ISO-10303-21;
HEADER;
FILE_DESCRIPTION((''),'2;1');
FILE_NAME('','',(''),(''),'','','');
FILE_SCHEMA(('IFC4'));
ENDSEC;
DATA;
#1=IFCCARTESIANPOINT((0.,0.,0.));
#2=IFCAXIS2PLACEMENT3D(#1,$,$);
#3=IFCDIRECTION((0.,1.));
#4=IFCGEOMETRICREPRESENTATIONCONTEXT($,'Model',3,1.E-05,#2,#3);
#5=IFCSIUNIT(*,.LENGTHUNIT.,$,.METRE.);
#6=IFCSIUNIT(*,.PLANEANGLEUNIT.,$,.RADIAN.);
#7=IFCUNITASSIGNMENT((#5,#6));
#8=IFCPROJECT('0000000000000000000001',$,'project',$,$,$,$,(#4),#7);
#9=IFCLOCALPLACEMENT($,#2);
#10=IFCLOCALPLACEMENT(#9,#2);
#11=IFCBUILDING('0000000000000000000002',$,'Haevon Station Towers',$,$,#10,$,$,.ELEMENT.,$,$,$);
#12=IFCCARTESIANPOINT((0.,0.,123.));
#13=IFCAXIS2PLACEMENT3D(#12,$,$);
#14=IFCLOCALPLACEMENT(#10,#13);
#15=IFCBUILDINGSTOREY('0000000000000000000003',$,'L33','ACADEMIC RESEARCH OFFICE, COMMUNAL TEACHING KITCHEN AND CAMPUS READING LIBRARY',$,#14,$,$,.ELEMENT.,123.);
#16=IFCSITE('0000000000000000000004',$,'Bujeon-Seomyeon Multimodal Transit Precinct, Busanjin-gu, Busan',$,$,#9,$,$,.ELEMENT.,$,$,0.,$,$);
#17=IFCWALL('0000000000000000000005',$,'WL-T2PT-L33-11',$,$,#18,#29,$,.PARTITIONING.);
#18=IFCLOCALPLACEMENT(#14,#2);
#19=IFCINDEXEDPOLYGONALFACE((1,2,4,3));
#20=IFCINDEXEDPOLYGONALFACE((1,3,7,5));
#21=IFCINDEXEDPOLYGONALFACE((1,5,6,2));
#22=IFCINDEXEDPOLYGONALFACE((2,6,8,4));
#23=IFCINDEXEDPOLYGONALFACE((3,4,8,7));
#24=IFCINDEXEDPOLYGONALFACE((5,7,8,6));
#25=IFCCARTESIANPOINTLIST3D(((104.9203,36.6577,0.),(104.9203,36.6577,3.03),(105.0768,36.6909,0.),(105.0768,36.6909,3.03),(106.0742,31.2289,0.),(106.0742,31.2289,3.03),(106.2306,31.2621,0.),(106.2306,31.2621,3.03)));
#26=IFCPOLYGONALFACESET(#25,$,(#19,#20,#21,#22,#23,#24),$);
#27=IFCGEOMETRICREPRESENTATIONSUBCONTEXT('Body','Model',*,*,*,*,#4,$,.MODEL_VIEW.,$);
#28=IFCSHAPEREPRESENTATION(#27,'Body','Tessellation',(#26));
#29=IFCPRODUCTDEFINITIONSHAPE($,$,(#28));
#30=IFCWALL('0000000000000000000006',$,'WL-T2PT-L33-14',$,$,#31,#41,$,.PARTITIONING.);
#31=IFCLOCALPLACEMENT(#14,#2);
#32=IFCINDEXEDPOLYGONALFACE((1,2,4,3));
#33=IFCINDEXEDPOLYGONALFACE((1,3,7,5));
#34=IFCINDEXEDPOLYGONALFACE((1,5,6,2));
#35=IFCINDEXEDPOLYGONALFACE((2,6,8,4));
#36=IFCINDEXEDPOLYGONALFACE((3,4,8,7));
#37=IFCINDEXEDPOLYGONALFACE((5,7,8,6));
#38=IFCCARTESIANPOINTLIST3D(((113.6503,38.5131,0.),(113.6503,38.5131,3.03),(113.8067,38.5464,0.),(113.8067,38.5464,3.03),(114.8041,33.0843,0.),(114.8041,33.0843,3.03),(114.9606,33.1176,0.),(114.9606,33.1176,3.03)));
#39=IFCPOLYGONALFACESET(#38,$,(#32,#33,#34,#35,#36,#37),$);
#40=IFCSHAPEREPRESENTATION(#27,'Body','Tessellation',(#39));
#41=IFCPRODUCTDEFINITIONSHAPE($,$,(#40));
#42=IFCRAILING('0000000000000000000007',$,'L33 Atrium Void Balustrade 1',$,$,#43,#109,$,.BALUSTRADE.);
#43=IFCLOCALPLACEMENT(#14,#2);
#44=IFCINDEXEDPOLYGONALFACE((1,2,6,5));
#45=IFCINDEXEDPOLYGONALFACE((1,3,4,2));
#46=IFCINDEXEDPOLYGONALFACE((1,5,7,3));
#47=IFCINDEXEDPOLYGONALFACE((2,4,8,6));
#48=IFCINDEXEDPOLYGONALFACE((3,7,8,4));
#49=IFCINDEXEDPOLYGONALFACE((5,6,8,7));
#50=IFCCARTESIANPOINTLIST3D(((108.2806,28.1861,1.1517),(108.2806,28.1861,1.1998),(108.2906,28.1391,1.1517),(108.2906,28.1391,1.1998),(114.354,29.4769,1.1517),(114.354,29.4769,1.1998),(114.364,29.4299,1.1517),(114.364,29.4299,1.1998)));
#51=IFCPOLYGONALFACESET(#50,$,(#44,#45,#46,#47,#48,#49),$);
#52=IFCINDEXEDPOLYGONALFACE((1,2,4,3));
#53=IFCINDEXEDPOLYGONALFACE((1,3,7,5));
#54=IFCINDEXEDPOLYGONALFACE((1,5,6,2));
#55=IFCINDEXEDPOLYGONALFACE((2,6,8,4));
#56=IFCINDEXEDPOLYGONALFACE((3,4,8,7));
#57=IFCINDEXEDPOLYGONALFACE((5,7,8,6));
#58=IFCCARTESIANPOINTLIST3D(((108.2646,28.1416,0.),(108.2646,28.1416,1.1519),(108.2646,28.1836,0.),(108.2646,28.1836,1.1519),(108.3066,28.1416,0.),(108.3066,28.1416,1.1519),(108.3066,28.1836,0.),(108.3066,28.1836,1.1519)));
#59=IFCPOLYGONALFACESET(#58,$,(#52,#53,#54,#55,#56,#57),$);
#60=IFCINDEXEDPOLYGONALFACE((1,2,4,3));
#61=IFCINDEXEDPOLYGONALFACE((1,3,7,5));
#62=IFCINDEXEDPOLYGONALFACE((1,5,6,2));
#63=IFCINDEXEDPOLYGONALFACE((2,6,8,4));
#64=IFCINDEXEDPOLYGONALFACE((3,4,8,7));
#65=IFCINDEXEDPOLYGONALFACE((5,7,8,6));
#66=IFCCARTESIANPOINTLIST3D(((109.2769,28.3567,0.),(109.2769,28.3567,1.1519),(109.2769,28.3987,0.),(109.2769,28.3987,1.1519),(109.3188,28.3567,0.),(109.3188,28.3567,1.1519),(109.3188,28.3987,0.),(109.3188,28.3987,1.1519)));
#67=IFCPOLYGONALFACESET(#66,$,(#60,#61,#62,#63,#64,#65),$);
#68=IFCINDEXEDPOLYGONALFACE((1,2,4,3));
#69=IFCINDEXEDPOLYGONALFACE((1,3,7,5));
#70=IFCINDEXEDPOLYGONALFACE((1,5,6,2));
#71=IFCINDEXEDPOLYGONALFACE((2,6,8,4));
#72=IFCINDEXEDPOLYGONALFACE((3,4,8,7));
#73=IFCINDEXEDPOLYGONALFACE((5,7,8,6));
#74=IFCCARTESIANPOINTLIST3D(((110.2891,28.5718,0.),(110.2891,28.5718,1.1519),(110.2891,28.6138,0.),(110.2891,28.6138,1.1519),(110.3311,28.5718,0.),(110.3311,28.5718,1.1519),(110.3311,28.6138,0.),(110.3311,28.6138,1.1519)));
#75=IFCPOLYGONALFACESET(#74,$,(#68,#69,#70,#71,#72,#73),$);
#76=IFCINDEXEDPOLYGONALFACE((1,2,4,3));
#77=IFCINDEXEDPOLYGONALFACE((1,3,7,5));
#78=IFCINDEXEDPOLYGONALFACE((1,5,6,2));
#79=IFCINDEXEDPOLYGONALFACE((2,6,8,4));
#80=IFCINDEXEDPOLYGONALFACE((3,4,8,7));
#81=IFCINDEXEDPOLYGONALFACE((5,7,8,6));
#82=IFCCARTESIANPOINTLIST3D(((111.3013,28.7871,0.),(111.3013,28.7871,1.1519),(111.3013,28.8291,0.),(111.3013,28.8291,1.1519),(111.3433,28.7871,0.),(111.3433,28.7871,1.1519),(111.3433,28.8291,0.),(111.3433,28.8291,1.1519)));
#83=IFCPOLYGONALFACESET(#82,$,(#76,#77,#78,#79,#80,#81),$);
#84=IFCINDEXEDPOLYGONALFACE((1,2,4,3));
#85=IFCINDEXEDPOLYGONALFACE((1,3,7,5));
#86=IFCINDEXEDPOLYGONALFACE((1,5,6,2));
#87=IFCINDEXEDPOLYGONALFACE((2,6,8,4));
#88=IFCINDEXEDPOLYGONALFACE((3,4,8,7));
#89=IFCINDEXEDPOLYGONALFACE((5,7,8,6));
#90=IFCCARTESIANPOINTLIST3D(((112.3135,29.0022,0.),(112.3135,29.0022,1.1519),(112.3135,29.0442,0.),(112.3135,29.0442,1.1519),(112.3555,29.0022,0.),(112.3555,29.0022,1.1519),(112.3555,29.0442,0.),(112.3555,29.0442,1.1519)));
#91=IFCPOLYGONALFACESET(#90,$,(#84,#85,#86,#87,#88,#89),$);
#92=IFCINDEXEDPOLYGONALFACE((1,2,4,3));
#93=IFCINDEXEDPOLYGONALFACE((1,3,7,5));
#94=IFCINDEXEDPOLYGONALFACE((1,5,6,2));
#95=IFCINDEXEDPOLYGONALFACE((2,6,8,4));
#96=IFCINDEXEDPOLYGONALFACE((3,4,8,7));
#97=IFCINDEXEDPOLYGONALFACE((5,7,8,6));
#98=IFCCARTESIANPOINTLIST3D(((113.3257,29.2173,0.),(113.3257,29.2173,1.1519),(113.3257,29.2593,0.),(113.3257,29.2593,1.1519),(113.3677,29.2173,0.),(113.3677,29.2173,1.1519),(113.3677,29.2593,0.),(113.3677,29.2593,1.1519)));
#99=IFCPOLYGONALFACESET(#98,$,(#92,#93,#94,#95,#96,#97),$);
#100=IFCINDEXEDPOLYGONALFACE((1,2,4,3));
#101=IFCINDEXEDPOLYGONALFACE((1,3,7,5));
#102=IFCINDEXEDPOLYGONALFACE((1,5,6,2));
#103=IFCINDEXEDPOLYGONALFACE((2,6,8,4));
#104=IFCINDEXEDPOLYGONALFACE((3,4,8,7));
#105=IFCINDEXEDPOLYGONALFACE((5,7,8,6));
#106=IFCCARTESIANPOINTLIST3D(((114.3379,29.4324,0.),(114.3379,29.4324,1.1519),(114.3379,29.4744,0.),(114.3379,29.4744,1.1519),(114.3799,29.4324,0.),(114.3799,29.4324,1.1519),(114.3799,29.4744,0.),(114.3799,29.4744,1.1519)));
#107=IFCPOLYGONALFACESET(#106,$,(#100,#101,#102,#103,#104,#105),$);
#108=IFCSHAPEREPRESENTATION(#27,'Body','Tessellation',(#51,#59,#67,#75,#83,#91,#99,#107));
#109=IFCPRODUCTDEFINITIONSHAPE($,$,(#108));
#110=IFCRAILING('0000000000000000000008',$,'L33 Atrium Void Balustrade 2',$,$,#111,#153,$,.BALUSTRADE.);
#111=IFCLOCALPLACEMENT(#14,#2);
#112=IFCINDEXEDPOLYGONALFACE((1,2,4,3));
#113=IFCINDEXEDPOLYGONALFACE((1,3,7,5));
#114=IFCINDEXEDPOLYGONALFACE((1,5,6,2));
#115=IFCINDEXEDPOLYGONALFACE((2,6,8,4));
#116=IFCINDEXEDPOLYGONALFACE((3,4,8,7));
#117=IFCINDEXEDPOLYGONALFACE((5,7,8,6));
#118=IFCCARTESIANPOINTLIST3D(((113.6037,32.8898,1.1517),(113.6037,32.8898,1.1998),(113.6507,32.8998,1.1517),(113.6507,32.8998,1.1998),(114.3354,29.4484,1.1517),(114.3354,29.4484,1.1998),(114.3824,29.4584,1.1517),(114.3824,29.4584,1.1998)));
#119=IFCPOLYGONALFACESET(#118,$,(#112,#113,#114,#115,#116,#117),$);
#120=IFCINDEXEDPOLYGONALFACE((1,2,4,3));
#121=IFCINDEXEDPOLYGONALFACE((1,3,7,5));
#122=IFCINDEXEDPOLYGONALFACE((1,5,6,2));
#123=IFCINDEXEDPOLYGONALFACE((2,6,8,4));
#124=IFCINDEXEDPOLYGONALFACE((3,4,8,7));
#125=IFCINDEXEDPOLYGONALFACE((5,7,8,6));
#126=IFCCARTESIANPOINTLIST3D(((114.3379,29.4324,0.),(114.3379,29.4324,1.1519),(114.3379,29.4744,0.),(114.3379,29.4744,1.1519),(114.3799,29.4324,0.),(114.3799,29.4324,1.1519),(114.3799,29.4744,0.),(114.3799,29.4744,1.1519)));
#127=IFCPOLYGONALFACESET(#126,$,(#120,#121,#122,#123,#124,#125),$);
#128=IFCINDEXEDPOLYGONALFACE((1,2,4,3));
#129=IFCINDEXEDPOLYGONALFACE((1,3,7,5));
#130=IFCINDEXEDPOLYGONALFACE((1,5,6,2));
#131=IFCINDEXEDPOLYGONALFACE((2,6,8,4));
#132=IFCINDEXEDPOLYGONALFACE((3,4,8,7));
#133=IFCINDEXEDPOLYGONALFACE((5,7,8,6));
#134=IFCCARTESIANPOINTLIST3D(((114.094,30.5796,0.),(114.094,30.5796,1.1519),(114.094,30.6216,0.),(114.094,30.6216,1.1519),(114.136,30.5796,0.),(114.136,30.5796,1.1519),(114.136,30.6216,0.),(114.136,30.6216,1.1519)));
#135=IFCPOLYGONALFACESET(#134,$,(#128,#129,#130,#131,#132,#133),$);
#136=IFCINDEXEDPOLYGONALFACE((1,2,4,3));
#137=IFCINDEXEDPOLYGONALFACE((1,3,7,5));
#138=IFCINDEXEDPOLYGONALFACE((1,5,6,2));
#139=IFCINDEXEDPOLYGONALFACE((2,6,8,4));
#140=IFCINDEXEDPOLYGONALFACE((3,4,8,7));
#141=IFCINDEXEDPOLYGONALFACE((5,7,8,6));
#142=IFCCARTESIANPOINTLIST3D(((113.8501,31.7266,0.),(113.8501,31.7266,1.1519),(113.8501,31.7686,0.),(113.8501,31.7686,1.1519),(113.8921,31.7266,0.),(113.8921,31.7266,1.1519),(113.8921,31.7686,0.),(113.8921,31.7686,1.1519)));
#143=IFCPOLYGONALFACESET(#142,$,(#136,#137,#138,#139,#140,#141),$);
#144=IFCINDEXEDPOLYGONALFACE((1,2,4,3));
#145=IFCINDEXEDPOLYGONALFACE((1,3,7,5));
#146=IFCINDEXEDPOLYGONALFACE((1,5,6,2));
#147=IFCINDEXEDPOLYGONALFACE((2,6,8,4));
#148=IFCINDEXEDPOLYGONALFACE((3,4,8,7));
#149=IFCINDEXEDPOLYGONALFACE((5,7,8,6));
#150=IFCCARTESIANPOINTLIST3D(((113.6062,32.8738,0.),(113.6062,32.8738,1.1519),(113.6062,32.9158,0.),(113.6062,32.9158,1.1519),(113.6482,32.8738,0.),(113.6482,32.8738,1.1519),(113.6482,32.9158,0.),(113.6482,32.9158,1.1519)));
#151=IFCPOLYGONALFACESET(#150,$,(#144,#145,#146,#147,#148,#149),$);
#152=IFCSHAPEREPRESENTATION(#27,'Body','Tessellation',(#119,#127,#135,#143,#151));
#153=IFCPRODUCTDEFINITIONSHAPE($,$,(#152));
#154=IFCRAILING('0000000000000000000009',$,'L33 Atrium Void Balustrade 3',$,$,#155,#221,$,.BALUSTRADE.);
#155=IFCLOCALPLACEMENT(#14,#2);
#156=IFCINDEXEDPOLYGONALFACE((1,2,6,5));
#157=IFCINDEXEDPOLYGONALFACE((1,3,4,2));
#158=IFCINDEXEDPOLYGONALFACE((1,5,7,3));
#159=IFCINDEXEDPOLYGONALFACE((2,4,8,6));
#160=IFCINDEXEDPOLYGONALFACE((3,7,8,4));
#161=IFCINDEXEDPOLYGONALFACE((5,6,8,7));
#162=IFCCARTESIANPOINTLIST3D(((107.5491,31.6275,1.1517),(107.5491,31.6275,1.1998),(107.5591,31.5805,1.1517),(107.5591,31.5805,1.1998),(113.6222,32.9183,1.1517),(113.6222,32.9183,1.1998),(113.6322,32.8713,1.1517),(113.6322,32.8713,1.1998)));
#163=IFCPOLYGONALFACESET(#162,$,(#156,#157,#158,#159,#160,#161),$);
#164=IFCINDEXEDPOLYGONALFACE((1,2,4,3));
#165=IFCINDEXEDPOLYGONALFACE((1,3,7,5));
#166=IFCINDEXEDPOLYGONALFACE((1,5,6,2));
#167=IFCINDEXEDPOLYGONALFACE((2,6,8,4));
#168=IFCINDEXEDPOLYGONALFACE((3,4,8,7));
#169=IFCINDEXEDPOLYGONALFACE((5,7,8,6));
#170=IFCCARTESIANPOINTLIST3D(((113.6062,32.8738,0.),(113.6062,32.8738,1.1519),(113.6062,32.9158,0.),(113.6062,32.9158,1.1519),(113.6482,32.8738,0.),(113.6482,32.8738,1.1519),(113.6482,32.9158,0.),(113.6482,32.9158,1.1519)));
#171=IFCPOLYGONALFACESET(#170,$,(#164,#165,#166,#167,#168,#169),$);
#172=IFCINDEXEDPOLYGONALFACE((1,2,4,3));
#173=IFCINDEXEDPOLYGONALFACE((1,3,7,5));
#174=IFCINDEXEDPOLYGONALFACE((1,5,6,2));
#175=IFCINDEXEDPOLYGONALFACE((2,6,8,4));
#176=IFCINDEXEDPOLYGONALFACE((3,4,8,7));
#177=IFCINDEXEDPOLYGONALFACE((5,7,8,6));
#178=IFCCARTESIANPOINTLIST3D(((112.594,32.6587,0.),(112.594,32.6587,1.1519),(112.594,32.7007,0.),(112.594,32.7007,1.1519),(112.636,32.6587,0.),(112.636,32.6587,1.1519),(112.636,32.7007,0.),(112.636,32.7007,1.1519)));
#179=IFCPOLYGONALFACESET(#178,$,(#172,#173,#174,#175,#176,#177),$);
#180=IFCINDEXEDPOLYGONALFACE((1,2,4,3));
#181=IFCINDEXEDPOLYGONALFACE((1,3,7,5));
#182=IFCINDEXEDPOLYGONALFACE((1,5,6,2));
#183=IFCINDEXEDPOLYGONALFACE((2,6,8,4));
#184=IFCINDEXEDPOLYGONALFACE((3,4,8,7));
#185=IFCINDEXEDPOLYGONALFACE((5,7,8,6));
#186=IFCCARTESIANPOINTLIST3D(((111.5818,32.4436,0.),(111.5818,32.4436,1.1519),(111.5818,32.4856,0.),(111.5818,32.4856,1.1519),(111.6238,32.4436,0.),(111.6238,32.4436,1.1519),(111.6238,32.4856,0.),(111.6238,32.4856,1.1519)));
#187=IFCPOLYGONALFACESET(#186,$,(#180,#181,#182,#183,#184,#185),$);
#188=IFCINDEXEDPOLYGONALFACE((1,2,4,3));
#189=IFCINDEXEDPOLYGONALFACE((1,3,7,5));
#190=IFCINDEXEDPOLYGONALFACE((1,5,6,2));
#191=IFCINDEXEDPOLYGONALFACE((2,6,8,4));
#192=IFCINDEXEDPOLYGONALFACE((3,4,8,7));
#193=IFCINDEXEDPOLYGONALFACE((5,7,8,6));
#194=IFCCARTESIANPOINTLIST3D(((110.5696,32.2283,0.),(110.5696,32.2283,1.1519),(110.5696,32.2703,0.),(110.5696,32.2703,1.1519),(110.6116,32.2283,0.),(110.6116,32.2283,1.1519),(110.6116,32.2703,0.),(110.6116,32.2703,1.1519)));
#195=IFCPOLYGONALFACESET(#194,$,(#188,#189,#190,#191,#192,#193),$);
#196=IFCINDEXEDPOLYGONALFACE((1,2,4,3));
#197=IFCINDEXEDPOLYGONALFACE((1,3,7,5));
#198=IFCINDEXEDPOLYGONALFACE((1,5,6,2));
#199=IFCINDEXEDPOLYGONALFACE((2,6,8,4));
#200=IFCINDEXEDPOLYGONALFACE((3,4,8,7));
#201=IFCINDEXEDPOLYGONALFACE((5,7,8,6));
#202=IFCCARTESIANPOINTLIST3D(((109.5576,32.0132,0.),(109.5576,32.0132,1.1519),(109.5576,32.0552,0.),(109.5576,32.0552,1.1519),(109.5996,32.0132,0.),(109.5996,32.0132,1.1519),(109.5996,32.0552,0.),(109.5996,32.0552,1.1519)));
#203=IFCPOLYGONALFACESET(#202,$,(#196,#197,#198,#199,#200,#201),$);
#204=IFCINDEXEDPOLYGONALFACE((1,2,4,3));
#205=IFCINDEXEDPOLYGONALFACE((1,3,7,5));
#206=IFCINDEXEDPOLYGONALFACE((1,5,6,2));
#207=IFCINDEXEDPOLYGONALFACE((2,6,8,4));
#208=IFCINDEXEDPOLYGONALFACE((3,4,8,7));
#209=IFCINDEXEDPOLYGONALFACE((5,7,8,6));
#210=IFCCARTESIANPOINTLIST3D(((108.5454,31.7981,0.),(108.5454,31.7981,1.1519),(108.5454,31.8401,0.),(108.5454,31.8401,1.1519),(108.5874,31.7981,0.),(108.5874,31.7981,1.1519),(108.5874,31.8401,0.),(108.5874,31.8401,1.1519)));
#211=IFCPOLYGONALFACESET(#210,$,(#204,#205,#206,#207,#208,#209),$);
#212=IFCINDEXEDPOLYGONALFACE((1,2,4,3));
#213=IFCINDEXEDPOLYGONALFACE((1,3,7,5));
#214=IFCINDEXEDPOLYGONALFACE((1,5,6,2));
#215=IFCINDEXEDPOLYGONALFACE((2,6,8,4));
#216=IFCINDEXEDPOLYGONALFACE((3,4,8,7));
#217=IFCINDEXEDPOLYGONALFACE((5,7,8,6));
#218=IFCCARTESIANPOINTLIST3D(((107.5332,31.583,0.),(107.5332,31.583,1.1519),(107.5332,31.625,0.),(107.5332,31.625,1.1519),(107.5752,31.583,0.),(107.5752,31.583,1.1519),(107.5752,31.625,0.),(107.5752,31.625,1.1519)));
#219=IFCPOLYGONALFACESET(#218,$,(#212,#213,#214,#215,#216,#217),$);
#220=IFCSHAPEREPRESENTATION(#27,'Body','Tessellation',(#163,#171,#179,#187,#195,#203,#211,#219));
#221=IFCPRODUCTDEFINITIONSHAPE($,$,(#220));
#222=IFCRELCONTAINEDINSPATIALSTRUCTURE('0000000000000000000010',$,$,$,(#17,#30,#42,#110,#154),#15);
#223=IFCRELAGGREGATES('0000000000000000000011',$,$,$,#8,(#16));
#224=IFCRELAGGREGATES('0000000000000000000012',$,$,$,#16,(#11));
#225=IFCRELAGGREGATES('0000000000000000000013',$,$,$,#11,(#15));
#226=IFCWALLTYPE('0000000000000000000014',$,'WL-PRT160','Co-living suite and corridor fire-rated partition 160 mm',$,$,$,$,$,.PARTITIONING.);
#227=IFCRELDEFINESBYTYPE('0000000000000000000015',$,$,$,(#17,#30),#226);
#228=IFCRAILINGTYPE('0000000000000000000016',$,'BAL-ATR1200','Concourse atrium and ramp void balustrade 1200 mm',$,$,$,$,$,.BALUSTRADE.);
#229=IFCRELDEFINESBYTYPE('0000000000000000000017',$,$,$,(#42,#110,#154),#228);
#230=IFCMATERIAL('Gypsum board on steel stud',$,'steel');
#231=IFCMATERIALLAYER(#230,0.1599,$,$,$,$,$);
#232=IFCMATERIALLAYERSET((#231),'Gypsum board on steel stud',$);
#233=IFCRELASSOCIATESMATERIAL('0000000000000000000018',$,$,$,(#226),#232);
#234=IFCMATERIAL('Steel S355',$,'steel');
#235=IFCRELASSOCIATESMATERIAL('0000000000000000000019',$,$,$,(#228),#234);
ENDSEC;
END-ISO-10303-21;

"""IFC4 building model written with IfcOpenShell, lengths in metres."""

from ifc_helpers import new_model, si_unit, direction, frame, frame_2d, origin, origin_2d, place, context, subcontext, project, spatial, rectangle, extrude, material, layer, layer_set, type_object, element, save


model = new_model("IFC4")

# Units and contexts
model_context = context("Model", 3, precision=1e-05, world=origin(), true_north=direction((0.0, 1.0)))
body_context = subcontext(model_context, "Body", "Model", "MODEL_VIEW")
ifc_project = project(units=[si_unit("LENGTHUNIT", "METRE"), si_unit("PLANEANGLEUNIT", "RADIAN")], contexts=[model_context])

# Site, building, storey
site_placement = place(None, origin())
site = spatial("IfcSite", under=ifc_project, at=site_placement, Name="Bujeon-Seomyeon Multimodal Transit Precinct, Busanjin-gu, Busan", CompositionType="ELEMENT", RefElevation=0.0)
building_placement = place(site_placement, origin())
building = spatial("IfcBuilding", under=site, at=building_placement, Name="Haevon Station Towers", CompositionType="ELEMENT")
storey_placement = place(building_placement, frame((0.0, 0.0, 123.0)))
storey = spatial("IfcBuildingStorey", under=building, at=storey_placement, Name="L33", Description="ACADEMIC RESEARCH OFFICE, COMMUNAL TEACHING KITCHEN AND CAMPUS READING LIBRARY", CompositionType="ELEMENT", Elevation=123.0)

# Shared definitions
ifc_material_1 = material(Name="Steel S355", Category="steel")

# Shared definitions
ifc_material_2 = material(Name="Gypsum board on steel stud", Category="steel")

# Walls
ifc_layer_1 = layer(ifc_material_2, 0.1599)
ifc_layer_set_1 = layer_set([ifc_layer_1], Name="Gypsum board on steel stud")
wall_type_1 = type_object("IfcWallType", Name="WL-PRT160", Description="Co-living suite and corridor fire-rated partition 160 mm", PredefinedType="PARTITIONING", material=ifc_layer_set_1)
for number, where, z_axis, x_axis, name in (
    (1, (106.1523, 31.2456, 0.0), (0.0, 0.0, 1.0), (-0.207895, 0.978151, 0.0), "WL-T2PT-L33-11"),
    (2, (114.8823, 33.1011, 0.0), (0.0, 0.0, 1.0), (-0.207895, 0.978151, 0.0), "WL-T2PT-L33-14"),
):
    element("IfcWall", number, at=place(storey_placement, frame(where, z_axis=z_axis, x_axis=x_axis)), inside=storey, type_object=wall_type_1, Name=name, PredefinedType="PARTITIONING", context=body_context, shape_type="SweptSolid", body=[
        extrude(rectangle(XDim=5.55, YDim=0.1599, at=frame_2d((2.7749, 0.0))), origin(), (0.0, 0.0, 1.0), 3.03),
    ])

# Railings
railing_type_1 = type_object("IfcRailingType", Name="BAL-ATR1200", Description="Concourse atrium and ramp void balustrade 1200 mm", PredefinedType="BALUSTRADE", material=ifc_material_1)
railing_1_placement = place(storey_placement, frame((108.2856, 28.1626, 0.0)))
element("IfcRailing", 3, at=railing_1_placement, inside=storey, type_object=railing_type_1, Name="L33 Atrium Void Balustrade 1", PredefinedType="BALUSTRADE", context=body_context, shape_type="SweptSolid", body=[
    extrude(rectangle(XDim=0.0481, YDim=0.0481, at=origin_2d()), frame((0.0, 0.0, 1.1758), z_axis=(0.978152, 0.207891, 0.0), x_axis=(-0.207891, 0.978152, 0.0)), (0.0, 0.0, 1.0), 6.209),
    extrude(rectangle(XDim=0.042, YDim=0.042, at=origin_2d()), origin(), (0.0, 0.0, 1.0), 1.1519),
    extrude(rectangle(XDim=0.042, YDim=0.042, at=origin_2d()), frame((1.0122, 0.2151, 0.0)), (0.0, 0.0, 1.0), 1.1519),
    extrude(rectangle(XDim=0.042, YDim=0.042, at=origin_2d()), frame((2.0244, 0.4302, 0.0)), (0.0, 0.0, 1.0), 1.1519),
    extrude(rectangle(XDim=0.042, YDim=0.042, at=origin_2d()), frame((3.0366, 0.6455, 0.0)), (0.0, 0.0, 1.0), 1.1519),
    extrude(rectangle(XDim=0.042, YDim=0.042, at=origin_2d()), frame((4.0488, 0.8606, 0.0)), (0.0, 0.0, 1.0), 1.1519),
    extrude(rectangle(XDim=0.042, YDim=0.042, at=origin_2d()), frame((5.061, 1.0757, 0.0)), (0.0, 0.0, 1.0), 1.1519),
    extrude(rectangle(XDim=0.042, YDim=0.042, at=origin_2d()), frame((6.0732, 1.2908, 0.0)), (0.0, 0.0, 1.0), 1.1519),
])
railing_2_placement = place(storey_placement, frame((114.3589, 29.4534, 0.0)))
element("IfcRailing", 4, at=railing_2_placement, inside=storey, type_object=railing_type_1, Name="L33 Atrium Void Balustrade 2", PredefinedType="BALUSTRADE", context=body_context, shape_type="SweptSolid", body=[
    extrude(rectangle(XDim=0.0481, YDim=0.0481, at=origin_2d()), frame((0.0, 0.0, 1.1758), z_axis=(-0.207965, 0.978136, 0.0), x_axis=(-0.978136, -0.207965, 0.0)), (0.0, 0.0, 1.0), 3.5183),
    extrude(rectangle(XDim=0.042, YDim=0.042, at=origin_2d()), origin(), (0.0, 0.0, 1.0), 1.1519),
    extrude(rectangle(XDim=0.042, YDim=0.042, at=origin_2d()), frame((-0.2439, 1.1472, 0.0)), (0.0, 0.0, 1.0), 1.1519),
    extrude(rectangle(XDim=0.042, YDim=0.042, at=origin_2d()), frame((-0.4878, 2.2942, 0.0)), (0.0, 0.0, 1.0), 1.1519),
    extrude(rectangle(XDim=0.042, YDim=0.042, at=origin_2d()), frame((-0.7317, 3.4414, 0.0)), (0.0, 0.0, 1.0), 1.1519),
])
railing_3_placement = place(storey_placement, frame((113.6272, 32.8948, 0.0)))
element("IfcRailing", 5, at=railing_3_placement, inside=storey, type_object=railing_type_1, Name="L33 Atrium Void Balustrade 3", PredefinedType="BALUSTRADE", context=body_context, shape_type="SweptSolid", body=[
    extrude(rectangle(XDim=0.0481, YDim=0.0481, at=origin_2d()), frame((0.0, 0.0, 1.1758), z_axis=(-0.97815, -0.207899, 0.0), x_axis=(0.207899, -0.97815, 0.0)), (0.0, 0.0, 1.0), 6.2087),
    extrude(rectangle(XDim=0.042, YDim=0.042, at=origin_2d()), origin(), (0.0, 0.0, 1.0), 1.1519),
    extrude(rectangle(XDim=0.042, YDim=0.042, at=origin_2d()), frame((-1.0122, -0.2151, 0.0)), (0.0, 0.0, 1.0), 1.1519),
    extrude(rectangle(XDim=0.042, YDim=0.042, at=origin_2d()), frame((-2.0244, -0.4302, 0.0)), (0.0, 0.0, 1.0), 1.1519),
    extrude(rectangle(XDim=0.042, YDim=0.042, at=origin_2d()), frame((-3.0366, -0.6455, 0.0)), (0.0, 0.0, 1.0), 1.1519),
    extrude(rectangle(XDim=0.042, YDim=0.042, at=origin_2d()), frame((-4.0486, -0.8606, 0.0)), (0.0, 0.0, 1.0), 1.1519),
    extrude(rectangle(XDim=0.042, YDim=0.042, at=origin_2d()), frame((-5.0608, -1.0757, 0.0)), (0.0, 0.0, 1.0), 1.1519),
    extrude(rectangle(XDim=0.042, YDim=0.042, at=origin_2d()), frame((-6.073, -1.2908, 0.0)), (0.0, 0.0, 1.0), 1.1519),
])

save(model, "model.ifc")
